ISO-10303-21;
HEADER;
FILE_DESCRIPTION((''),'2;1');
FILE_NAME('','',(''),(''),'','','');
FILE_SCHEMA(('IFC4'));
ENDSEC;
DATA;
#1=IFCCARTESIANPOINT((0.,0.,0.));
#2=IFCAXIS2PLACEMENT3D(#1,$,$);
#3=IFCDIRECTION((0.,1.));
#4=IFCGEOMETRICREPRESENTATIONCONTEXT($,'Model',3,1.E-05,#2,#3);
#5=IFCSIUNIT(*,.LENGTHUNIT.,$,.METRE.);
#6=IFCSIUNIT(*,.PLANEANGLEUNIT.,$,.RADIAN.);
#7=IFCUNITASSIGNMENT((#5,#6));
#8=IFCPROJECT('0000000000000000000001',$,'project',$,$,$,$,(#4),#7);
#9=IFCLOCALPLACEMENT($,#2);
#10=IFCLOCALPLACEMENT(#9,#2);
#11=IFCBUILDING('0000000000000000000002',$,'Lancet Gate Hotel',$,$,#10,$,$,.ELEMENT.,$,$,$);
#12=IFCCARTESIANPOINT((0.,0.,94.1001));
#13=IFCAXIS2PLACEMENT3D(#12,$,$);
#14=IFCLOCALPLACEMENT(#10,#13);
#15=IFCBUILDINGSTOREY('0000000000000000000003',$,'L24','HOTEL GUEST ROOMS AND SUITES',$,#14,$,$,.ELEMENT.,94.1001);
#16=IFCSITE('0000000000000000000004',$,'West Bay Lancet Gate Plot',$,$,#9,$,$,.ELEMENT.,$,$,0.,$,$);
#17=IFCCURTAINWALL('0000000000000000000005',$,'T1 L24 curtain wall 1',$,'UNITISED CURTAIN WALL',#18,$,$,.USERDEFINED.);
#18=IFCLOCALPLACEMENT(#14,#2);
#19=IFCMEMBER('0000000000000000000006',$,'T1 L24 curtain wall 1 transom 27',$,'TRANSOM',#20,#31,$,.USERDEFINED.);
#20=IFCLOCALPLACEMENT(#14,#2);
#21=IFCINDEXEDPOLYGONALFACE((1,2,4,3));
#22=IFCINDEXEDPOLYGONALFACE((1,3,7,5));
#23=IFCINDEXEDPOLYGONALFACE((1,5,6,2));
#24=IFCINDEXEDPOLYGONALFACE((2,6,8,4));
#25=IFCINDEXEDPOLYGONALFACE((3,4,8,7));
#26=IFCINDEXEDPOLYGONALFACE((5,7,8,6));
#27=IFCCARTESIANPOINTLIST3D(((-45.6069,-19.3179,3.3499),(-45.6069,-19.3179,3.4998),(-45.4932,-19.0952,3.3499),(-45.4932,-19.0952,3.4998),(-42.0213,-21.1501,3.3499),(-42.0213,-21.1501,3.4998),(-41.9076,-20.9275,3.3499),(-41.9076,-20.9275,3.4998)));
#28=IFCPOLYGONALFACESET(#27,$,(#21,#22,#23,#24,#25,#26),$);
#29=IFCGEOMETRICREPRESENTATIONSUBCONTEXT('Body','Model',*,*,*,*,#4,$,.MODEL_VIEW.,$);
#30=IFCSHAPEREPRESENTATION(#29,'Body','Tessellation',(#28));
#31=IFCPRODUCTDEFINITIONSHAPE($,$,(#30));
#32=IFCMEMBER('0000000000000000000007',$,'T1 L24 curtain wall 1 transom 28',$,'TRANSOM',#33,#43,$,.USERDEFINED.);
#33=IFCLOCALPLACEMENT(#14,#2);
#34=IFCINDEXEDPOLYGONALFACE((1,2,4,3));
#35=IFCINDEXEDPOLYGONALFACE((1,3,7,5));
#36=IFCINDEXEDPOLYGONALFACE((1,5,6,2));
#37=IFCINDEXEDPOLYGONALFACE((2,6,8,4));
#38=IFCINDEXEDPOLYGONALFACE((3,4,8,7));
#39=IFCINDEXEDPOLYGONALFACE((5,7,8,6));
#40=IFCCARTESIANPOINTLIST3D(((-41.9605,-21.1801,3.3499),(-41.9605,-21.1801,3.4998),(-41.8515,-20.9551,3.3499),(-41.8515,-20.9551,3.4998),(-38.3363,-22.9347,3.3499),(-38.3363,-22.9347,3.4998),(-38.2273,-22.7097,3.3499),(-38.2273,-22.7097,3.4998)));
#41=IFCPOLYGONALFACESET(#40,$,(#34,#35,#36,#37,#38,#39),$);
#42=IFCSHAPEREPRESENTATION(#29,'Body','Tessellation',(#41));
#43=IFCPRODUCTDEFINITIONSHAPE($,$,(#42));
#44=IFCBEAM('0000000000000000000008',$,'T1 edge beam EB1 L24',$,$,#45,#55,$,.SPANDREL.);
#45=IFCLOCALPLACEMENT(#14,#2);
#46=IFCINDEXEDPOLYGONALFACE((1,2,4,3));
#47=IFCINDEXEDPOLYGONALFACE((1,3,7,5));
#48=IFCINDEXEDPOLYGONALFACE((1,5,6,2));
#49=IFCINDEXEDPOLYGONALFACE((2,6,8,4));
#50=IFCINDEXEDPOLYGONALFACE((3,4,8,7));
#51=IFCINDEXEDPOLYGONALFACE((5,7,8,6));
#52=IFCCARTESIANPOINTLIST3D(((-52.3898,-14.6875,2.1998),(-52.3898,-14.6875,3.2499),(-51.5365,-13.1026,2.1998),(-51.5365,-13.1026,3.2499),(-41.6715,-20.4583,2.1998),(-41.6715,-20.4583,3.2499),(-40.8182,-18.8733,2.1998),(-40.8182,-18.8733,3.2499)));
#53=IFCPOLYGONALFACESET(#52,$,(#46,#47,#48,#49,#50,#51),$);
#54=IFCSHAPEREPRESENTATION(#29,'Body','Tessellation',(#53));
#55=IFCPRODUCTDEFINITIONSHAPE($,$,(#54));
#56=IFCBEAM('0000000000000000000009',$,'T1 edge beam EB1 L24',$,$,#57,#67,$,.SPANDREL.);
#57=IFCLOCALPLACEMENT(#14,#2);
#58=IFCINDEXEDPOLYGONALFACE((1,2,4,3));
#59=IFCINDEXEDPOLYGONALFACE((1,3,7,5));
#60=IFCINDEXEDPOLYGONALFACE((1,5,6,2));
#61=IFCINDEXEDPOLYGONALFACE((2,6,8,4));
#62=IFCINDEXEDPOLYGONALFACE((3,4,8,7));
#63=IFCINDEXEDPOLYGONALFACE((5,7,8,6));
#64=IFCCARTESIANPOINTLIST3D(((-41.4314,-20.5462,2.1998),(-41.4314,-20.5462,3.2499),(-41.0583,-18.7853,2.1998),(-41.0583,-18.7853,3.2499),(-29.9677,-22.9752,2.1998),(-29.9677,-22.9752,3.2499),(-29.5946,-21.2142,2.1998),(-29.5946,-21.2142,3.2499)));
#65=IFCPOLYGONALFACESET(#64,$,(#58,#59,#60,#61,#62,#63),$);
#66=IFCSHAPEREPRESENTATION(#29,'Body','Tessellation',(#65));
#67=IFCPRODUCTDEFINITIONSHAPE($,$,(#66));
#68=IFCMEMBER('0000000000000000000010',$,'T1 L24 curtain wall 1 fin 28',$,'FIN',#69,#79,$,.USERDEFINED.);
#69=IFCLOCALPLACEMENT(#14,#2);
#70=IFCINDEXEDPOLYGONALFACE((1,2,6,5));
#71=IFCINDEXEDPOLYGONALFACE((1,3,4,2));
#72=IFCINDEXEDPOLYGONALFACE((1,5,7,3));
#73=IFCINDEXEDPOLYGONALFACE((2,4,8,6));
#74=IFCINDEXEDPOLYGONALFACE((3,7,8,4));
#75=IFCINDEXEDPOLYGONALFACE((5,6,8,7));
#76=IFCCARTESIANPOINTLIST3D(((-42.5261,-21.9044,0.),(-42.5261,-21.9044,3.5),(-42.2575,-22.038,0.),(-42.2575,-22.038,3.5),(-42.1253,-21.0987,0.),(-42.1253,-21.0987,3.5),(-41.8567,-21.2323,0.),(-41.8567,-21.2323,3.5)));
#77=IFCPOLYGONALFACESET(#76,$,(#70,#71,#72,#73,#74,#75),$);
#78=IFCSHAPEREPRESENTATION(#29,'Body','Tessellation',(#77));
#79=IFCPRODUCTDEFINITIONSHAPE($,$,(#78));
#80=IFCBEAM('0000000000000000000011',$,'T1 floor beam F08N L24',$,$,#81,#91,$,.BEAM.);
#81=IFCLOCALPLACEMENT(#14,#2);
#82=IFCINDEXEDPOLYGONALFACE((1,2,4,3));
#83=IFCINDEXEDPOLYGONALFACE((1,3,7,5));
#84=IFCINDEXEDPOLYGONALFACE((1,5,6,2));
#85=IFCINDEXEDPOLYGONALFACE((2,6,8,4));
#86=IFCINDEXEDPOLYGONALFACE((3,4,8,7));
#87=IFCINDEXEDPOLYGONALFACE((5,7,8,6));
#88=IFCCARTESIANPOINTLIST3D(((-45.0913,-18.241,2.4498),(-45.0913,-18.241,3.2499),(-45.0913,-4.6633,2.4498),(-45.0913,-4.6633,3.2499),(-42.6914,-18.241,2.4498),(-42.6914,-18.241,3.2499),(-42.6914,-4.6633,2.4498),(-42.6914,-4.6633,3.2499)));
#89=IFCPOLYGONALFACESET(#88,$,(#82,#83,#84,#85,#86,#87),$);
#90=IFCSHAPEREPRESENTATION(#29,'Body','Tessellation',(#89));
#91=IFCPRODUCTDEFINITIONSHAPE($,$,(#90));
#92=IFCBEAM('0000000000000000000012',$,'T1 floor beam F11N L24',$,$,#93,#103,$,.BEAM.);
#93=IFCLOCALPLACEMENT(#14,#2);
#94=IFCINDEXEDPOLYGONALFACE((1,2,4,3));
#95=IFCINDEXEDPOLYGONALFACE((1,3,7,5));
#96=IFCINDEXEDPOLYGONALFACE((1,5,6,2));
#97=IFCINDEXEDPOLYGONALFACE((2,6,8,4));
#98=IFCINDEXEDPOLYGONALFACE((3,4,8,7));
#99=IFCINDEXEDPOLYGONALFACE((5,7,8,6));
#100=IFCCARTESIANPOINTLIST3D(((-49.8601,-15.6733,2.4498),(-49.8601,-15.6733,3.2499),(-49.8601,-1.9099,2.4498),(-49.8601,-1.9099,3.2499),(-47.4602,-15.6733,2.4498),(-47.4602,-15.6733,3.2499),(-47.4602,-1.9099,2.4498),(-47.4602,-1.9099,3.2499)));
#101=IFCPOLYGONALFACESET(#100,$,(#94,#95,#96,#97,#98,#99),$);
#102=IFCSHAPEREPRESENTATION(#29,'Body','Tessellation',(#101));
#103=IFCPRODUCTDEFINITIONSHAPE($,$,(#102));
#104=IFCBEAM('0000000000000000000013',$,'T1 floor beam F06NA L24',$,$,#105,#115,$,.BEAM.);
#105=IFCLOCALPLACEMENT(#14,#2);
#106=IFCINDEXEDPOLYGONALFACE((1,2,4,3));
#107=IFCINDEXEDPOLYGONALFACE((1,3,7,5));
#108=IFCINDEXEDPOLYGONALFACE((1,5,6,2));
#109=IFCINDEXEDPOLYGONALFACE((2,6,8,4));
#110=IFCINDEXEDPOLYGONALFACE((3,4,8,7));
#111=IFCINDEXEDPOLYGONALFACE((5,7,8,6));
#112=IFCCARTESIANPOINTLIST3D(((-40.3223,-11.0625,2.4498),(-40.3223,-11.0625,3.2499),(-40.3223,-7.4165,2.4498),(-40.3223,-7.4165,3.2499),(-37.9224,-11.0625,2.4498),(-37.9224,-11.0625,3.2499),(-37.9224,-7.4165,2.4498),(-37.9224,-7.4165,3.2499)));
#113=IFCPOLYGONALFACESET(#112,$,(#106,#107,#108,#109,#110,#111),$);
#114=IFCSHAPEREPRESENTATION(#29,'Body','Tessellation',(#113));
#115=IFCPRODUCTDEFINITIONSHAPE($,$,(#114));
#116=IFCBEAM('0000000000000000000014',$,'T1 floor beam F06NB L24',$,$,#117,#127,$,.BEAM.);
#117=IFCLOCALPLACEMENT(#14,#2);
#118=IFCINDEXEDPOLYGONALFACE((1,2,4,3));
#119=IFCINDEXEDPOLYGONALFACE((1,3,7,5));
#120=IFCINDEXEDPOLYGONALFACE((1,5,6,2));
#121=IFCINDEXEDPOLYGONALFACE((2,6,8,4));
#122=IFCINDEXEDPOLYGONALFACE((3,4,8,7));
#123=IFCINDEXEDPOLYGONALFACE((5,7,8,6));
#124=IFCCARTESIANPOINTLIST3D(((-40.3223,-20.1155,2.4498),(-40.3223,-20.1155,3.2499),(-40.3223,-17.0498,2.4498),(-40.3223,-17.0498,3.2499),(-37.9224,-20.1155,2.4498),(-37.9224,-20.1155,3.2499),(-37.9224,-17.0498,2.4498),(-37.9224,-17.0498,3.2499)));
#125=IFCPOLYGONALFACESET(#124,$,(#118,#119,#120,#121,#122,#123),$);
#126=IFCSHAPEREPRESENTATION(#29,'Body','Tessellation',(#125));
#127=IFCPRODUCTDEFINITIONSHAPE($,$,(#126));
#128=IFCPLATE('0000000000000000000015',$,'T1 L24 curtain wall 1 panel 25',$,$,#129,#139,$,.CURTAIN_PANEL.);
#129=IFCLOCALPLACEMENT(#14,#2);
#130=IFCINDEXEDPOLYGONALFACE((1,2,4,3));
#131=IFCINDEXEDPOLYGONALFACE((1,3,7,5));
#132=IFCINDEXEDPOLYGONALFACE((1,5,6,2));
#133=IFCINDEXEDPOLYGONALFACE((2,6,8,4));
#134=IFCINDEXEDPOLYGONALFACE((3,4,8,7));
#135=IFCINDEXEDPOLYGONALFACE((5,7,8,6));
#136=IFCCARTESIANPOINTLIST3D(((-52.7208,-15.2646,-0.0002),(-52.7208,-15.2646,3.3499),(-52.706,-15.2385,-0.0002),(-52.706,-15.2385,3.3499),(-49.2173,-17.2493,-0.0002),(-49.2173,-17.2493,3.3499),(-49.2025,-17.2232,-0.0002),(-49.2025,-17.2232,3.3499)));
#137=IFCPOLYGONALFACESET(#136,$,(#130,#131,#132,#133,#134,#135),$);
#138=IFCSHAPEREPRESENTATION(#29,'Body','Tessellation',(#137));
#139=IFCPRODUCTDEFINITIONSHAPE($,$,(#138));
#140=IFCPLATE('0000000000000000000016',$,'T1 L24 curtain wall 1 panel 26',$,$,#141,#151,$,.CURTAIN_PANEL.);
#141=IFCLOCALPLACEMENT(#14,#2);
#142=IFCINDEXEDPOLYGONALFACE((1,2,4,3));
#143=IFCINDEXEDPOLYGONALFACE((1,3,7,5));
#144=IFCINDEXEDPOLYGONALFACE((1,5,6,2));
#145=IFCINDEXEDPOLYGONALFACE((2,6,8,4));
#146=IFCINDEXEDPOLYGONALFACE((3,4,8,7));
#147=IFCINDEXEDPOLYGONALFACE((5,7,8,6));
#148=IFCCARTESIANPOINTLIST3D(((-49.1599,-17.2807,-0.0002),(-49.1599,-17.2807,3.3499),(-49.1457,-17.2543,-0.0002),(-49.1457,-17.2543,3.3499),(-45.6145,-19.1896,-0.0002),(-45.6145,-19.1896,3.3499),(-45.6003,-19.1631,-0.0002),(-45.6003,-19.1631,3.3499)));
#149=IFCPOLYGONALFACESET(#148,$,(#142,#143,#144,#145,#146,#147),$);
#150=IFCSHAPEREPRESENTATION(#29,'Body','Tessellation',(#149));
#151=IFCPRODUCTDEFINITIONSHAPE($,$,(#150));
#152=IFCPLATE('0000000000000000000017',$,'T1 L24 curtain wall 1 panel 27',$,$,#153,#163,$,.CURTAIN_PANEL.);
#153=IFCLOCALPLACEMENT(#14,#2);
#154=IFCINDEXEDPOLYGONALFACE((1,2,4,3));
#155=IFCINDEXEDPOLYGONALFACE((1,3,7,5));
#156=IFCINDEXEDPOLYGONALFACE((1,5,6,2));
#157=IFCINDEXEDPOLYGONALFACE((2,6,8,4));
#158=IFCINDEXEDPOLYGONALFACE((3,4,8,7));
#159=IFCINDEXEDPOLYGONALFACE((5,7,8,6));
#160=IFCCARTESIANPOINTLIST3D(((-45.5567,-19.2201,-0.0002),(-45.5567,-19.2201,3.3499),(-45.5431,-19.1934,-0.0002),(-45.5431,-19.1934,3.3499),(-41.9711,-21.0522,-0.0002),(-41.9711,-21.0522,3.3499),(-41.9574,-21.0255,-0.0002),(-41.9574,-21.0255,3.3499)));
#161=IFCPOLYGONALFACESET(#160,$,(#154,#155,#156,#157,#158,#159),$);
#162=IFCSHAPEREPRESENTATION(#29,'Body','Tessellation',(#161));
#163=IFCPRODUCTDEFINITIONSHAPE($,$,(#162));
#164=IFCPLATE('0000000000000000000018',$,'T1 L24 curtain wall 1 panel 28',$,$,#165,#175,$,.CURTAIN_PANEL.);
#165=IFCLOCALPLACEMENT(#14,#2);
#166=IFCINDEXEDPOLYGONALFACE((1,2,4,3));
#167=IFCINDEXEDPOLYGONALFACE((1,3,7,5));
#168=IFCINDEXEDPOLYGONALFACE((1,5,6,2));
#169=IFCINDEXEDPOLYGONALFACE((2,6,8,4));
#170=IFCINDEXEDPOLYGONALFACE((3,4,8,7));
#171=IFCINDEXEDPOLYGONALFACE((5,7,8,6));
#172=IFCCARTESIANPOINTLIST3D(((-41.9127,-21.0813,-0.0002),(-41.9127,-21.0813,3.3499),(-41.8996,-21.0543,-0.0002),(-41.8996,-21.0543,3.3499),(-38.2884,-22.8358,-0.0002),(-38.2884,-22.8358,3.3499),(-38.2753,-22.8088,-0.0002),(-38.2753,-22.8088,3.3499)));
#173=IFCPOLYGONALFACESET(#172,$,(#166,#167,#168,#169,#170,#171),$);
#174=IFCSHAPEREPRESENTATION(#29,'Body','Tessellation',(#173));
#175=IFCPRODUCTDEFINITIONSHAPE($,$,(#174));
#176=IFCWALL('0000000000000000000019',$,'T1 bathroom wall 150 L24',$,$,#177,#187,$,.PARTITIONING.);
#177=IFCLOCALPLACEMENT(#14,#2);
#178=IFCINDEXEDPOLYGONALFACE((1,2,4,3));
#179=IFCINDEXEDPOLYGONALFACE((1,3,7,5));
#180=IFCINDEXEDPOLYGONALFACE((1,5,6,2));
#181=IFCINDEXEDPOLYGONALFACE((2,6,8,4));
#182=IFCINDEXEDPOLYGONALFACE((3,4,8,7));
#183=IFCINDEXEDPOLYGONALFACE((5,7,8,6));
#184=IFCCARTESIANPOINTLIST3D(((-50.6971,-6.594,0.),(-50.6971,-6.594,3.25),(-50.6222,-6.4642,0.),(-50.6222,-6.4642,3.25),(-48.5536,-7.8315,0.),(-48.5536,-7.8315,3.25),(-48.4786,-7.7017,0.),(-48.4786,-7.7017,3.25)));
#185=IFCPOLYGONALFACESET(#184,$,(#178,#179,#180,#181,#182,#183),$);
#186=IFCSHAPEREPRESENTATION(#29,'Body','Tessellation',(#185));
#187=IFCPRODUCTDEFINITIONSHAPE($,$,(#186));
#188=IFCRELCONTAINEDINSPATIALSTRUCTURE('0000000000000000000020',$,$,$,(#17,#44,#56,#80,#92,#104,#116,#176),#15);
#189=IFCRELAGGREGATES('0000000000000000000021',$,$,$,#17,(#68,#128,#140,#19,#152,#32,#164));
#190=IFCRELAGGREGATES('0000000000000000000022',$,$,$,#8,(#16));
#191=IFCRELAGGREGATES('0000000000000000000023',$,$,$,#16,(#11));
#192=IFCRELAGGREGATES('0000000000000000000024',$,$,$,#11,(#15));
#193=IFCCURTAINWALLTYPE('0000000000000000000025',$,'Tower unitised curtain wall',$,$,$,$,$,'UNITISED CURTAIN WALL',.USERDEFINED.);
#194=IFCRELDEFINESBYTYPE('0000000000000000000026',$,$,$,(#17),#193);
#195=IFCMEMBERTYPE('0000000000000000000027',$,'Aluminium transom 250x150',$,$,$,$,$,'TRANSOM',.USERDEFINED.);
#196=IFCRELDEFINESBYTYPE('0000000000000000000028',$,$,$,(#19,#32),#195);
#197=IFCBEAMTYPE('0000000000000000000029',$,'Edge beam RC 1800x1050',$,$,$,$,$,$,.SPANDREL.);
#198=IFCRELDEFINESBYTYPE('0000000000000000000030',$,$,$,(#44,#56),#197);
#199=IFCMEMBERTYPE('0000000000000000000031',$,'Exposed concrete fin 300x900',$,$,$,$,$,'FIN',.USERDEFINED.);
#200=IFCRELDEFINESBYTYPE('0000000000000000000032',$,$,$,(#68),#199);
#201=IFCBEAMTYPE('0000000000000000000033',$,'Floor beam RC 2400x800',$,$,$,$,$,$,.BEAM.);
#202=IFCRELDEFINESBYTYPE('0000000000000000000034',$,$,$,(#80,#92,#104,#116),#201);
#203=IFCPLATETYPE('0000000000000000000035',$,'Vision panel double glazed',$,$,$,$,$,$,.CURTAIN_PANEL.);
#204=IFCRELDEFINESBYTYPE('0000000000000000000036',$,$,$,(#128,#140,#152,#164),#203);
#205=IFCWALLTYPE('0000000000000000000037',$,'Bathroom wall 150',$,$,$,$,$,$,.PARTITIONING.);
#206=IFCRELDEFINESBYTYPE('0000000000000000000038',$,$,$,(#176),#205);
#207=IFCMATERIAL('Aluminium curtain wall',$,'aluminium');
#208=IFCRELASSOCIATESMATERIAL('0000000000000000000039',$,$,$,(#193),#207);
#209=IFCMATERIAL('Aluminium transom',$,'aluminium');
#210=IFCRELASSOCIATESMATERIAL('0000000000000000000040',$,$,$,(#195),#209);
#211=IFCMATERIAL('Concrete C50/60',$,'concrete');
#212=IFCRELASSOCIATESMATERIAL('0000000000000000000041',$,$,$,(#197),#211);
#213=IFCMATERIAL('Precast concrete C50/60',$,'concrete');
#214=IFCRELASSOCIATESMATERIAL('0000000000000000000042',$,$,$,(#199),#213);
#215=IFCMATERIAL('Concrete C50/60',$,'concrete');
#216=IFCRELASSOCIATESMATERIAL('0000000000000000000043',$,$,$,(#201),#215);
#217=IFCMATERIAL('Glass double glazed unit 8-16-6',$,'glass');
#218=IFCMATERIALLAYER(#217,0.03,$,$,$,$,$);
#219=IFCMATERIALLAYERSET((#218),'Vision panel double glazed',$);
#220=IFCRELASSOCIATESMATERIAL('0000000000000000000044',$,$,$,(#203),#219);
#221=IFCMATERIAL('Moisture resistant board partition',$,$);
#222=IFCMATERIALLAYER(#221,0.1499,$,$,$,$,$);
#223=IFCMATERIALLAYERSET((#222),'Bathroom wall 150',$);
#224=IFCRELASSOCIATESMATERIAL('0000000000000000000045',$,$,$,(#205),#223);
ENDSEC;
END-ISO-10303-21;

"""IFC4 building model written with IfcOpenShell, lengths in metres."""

from ifc_helpers import new_model, si_unit, direction, frame, frame_2d, origin, origin_2d, place, context, subcontext, project, spatial, rectangle, extrude, material, layer, layer_set, material_profile, profile_set, type_object, element, aggregate, save


model = new_model("IFC4")

# Units and contexts
model_context = context("Model", 3, precision=1e-05, world=origin(), true_north=direction((0.0, 1.0)))
body_context = subcontext(model_context, "Body", "Model", "MODEL_VIEW")
ifc_project = project(units=[si_unit("LENGTHUNIT", "METRE"), si_unit("PLANEANGLEUNIT", "RADIAN")], contexts=[model_context])

# Site, building, storey
site_placement = place(None, origin())
site = spatial("IfcSite", under=ifc_project, at=site_placement, Name="West Bay Lancet Gate Plot", CompositionType="ELEMENT", RefElevation=0.0)
building_placement = place(site_placement, origin())
building = spatial("IfcBuilding", under=site, at=building_placement, Name="Lancet Gate Hotel", CompositionType="ELEMENT")
storey_placement = place(building_placement, frame((0.0, 0.0, 94.1001)))
storey = spatial("IfcBuildingStorey", under=building, at=storey_placement, Name="L24", Description="HOTEL GUEST ROOMS AND SUITES", CompositionType="ELEMENT", Elevation=94.1001)

# Curtain wall, members
ifc_material_1 = material(Name="Aluminium curtain wall", Category="aluminium")
curtain_wall_type = type_object("IfcCurtainWallType", Name="Tower unitised curtain wall", ElementType="UNITISED CURTAIN WALL", PredefinedType="USERDEFINED", material=ifc_material_1)
curtain_wall_placement = place(storey_placement, origin())
curtain_wall = element("IfcCurtainWall", 1, at=curtain_wall_placement, inside=storey, type_object=curtain_wall_type, Name="T1 L24 curtain wall 1", ObjectType="UNITISED CURTAIN WALL", PredefinedType="USERDEFINED")
ifc_material_2 = material(Name="Aluminium transom", Category="aluminium")
ifc_material_profile_1 = material_profile(ifc_material_2, rectangle(XDim=0.25, YDim=0.1499, at=origin_2d()), Name="TRANSOM 250x150")
ifc_profile_set_1 = profile_set([ifc_material_profile_1], Name="Aluminium transom")
member_type_1 = type_object("IfcMemberType", Name="Aluminium transom 250x150", ElementType="TRANSOM", PredefinedType="USERDEFINED", material=ifc_profile_set_1)
member_1_placement = place(storey_placement, frame((-45.55, -19.2065, 3.4248), z_axis=(0.890476, -0.45503, 0.0), x_axis=(0.45503, 0.890476, 0.0)))
member_1 = element("IfcMember", 2, at=member_1_placement, type_object=member_type_1, Name="T1 L24 curtain wall 1 transom 27", ObjectType="TRANSOM", PredefinedType="USERDEFINED", context=body_context, shape_type="SweptSolid", body=[
    extrude(rectangle(XDim=0.25, YDim=0.1499, at=origin_2d()), origin(), (0.0, 0.0, 1.0), 4.0266),
])
member_2_placement = place(storey_placement, frame((-41.906, -21.0676, 3.4248), z_axis=(0.900066, -0.435754, 0.0), x_axis=(0.435754, 0.900066, 0.0)))
member_2 = element("IfcMember", 3, at=member_2_placement, type_object=member_type_1, Name="T1 L24 curtain wall 1 transom 28", ObjectType="TRANSOM", PredefinedType="USERDEFINED", context=body_context, shape_type="SweptSolid", body=[
    extrude(rectangle(XDim=0.25, YDim=0.1499, at=origin_2d()), origin(), (0.0, 0.0, 1.0), 4.0266),
])

# Beams
ifc_material_3 = material(Name="Concrete C50/60", Category="concrete")
ifc_material_profile_2 = material_profile(ifc_material_3, rectangle(XDim=1.8, YDim=1.05, at=origin_2d()), Name="RC 1800x1050")
ifc_profile_set_2 = profile_set([ifc_material_profile_2], Name="Concrete C50/60")
beam_type_1 = type_object("IfcBeamType", Name="Edge beam RC 1800x1050", PredefinedType="SPANDREL", material=ifc_profile_set_2)
beam_1_placement = place(storey_placement, frame((-51.9631, -13.895, 2.7249), z_axis=(0.880492, -0.47406, 0.0), x_axis=(0.47406, 0.880492, 0.0)))
element("IfcBeam", 4, at=beam_1_placement, inside=storey, type_object=beam_type_1, Name="T1 edge beam EB1 L24", PredefinedType="SPANDREL", context=body_context, shape_type="SweptSolid", body=[
    extrude(rectangle(XDim=1.8, YDim=1.05, at=origin_2d()), origin(), (0.0, 0.0, 1.0), 12.1731),
])
beam_2_placement = place(storey_placement, frame((-41.2449, -19.6658, 2.7249), z_axis=(0.978282, -0.207278, 0.0), x_axis=(0.207278, 0.978282, 0.0)))
element("IfcBeam", 5, at=beam_2_placement, inside=storey, type_object=beam_type_1, Name="T1 edge beam EB1 L24", PredefinedType="SPANDREL", context=body_context, shape_type="SweptSolid", body=[
    extrude(rectangle(XDim=1.8, YDim=1.05, at=origin_2d()), origin(), (0.0, 0.0, 1.0), 11.7183),
])

# Member
ifc_material_4 = material(Name="Precast concrete C50/60", Category="concrete")
ifc_material_profile_3 = material_profile(ifc_material_4, rectangle(XDim=0.3, YDim=0.8999, at=origin_2d()), Name="FIN 300x900")
ifc_profile_set_3 = profile_set([ifc_material_profile_3], Name="Precast concrete C50/60")
member_type_2 = type_object("IfcMemberType", Name="Exposed concrete fin 300x900", ElementType="FIN", PredefinedType="USERDEFINED", material=ifc_profile_set_3)
member_3_placement = place(storey_placement, frame((-42.1914, -21.5684, 0.0), z_axis=(0.0, 0.0, 1.0), x_axis=(0.895339, -0.445384, 0.0)))
member_3 = element("IfcMember", 6, at=member_3_placement, type_object=member_type_2, Name="T1 L24 curtain wall 1 fin 28", ObjectType="FIN", PredefinedType="USERDEFINED", context=body_context, shape_type="SweptSolid", body=[
    extrude(rectangle(XDim=0.3, YDim=0.8999, at=origin_2d()), origin(), (0.0, 0.0, 1.0), 3.5),
])

# Beams
ifc_material_5 = material(Name="Concrete C50/60", Category="concrete")
ifc_material_profile_4 = material_profile(ifc_material_5, rectangle(XDim=2.3999, YDim=0.8, at=origin_2d()), Name="RC 2400x800")
ifc_profile_set_4 = profile_set([ifc_material_profile_4], Name="Concrete C50/60")
beam_type_2 = type_object("IfcBeamType", Name="Floor beam RC 2400x800", PredefinedType="BEAM", material=ifc_profile_set_4)
beam_3_placement = place(storey_placement, frame((-43.8914, -4.6633, 2.8499), z_axis=(0.0, -1.0, 0.0), x_axis=(1.0, 0.0, 0.0)))
element("IfcBeam", 7, at=beam_3_placement, inside=storey, type_object=beam_type_2, Name="T1 floor beam F08N L24", PredefinedType="BEAM", context=body_context, shape_type="SweptSolid", body=[
    extrude(rectangle(XDim=2.3999, YDim=0.8, at=origin_2d()), origin(), (0.0, 0.0, 1.0), 13.5776),
])
beam_4_placement = place(storey_placement, frame((-48.6602, -1.9099, 2.8499), z_axis=(0.0, -1.0, 0.0), x_axis=(1.0, 0.0, 0.0)))
element("IfcBeam", 8, at=beam_4_placement, inside=storey, type_object=beam_type_2, Name="T1 floor beam F11N L24", PredefinedType="BEAM", context=body_context, shape_type="SweptSolid", body=[
    extrude(rectangle(XDim=2.3999, YDim=0.8, at=origin_2d()), origin(), (0.0, 0.0, 1.0), 13.7634),
])
beam_5_placement = place(storey_placement, frame((-39.1223, -7.4165, 2.8499), z_axis=(0.0, -1.0, 0.0), x_axis=(1.0, 0.0, 0.0)))
element("IfcBeam", 9, at=beam_5_placement, inside=storey, type_object=beam_type_2, Name="T1 floor beam F06NA L24", PredefinedType="BEAM", context=body_context, shape_type="SweptSolid", body=[
    extrude(rectangle(XDim=2.3999, YDim=0.8, at=origin_2d()), origin(), (0.0, 0.0, 1.0), 3.646),
])
beam_6_placement = place(storey_placement, frame((-39.1223, -17.0498, 2.8499), z_axis=(0.0, -1.0, 0.0), x_axis=(1.0, 0.0, 0.0)))
element("IfcBeam", 10, at=beam_6_placement, inside=storey, type_object=beam_type_2, Name="T1 floor beam F06NB L24", PredefinedType="BEAM", context=body_context, shape_type="SweptSolid", body=[
    extrude(rectangle(XDim=2.3999, YDim=0.8, at=origin_2d()), origin(), (0.0, 0.0, 1.0), 3.0657),
])

# Plates
ifc_material_6 = material(Name="Glass double glazed unit 8-16-6", Category="glass")
ifc_layer_1 = layer(ifc_material_6, 0.03)
ifc_layer_set_1 = layer_set([ifc_layer_1], Name="Vision panel double glazed")
plate_type = type_object("IfcPlateType", Name="Vision panel double glazed", PredefinedType="CURTAIN_PANEL", material=ifc_layer_set_1)
plate_1_placement = place(storey_placement, frame((-50.9617, -16.2439, -0.0002), z_axis=(0.0, 0.0, 1.0), x_axis=(0.870084, -0.492904, 0.0)))
plate_1 = element("IfcPlate", 11, at=plate_1_placement, type_object=plate_type, Name="T1 L24 curtain wall 1 panel 25", PredefinedType="CURTAIN_PANEL", context=body_context, shape_type="SweptSolid", body=[
    extrude(rectangle(XDim=4.0266, YDim=0.03, at=origin_2d()), origin(), (0.0, 0.0, 1.0), 3.3501),
])
plate_2_placement = place(storey_placement, frame((-47.3801, -18.2219, -0.0002), z_axis=(0.0, 0.0, 1.0), x_axis=(0.880493, -0.47406, 0.0)))
plate_2 = element("IfcPlate", 12, at=plate_2_placement, type_object=plate_type, Name="T1 L24 curtain wall 1 panel 26", PredefinedType="CURTAIN_PANEL", context=body_context, shape_type="SweptSolid", body=[
    extrude(rectangle(XDim=4.0266, YDim=0.03, at=origin_2d()), origin(), (0.0, 0.0, 1.0), 3.3501),
])
plate_3_placement = place(storey_placement, frame((-43.7571, -20.1228, -0.0002), z_axis=(0.0, 0.0, 1.0), x_axis=(0.890493, -0.454996, 0.0)))
plate_3 = element("IfcPlate", 13, at=plate_3_placement, type_object=plate_type, Name="T1 L24 curtain wall 1 panel 27", PredefinedType="CURTAIN_PANEL", context=body_context, shape_type="SweptSolid", body=[
    extrude(rectangle(XDim=4.0266, YDim=0.03, at=origin_2d()), origin(), (0.0, 0.0, 1.0), 3.3501),
])
plate_4_placement = place(storey_placement, frame((-40.094, -21.9451, -0.0002), z_axis=(0.0, 0.0, 1.0), x_axis=(0.900082, -0.435721, 0.0)))
plate_4 = element("IfcPlate", 14, at=plate_4_placement, type_object=plate_type, Name="T1 L24 curtain wall 1 panel 28", PredefinedType="CURTAIN_PANEL", context=body_context, shape_type="SweptSolid", body=[
    extrude(rectangle(XDim=4.0266, YDim=0.03, at=origin_2d()), origin(), (0.0, 0.0, 1.0), 3.3501),
])
aggregate(curtain_wall, [member_3, plate_1, plate_2, member_1, plate_3, member_2, plate_4])

# Wall
ifc_material_7 = material(Name="Moisture resistant board partition")
ifc_layer_2 = layer(ifc_material_7, 0.1499)
ifc_layer_set_2 = layer_set([ifc_layer_2], Name="Bathroom wall 150")
wall_type_1 = type_object("IfcWallType", Name="Bathroom wall 150", PredefinedType="PARTITIONING", material=ifc_layer_set_2)
wall_1_placement = place(storey_placement, frame((-48.5161, -7.7666, 0.0), z_axis=(0.0, 0.0, 1.0), x_axis=(-0.866031, 0.49999, 0.0)))
element("IfcWall", 15, at=wall_1_placement, inside=storey, type_object=wall_type_1, Name="T1 bathroom wall 150 L24", PredefinedType="PARTITIONING", context=body_context, shape_type="SweptSolid", body=[
    extrude(rectangle(XDim=2.4751, YDim=0.1499, at=frame_2d((1.2375, 0.0))), origin(), (0.0, 0.0, 1.0), 3.25),
])

save(model, "model.ifc")
